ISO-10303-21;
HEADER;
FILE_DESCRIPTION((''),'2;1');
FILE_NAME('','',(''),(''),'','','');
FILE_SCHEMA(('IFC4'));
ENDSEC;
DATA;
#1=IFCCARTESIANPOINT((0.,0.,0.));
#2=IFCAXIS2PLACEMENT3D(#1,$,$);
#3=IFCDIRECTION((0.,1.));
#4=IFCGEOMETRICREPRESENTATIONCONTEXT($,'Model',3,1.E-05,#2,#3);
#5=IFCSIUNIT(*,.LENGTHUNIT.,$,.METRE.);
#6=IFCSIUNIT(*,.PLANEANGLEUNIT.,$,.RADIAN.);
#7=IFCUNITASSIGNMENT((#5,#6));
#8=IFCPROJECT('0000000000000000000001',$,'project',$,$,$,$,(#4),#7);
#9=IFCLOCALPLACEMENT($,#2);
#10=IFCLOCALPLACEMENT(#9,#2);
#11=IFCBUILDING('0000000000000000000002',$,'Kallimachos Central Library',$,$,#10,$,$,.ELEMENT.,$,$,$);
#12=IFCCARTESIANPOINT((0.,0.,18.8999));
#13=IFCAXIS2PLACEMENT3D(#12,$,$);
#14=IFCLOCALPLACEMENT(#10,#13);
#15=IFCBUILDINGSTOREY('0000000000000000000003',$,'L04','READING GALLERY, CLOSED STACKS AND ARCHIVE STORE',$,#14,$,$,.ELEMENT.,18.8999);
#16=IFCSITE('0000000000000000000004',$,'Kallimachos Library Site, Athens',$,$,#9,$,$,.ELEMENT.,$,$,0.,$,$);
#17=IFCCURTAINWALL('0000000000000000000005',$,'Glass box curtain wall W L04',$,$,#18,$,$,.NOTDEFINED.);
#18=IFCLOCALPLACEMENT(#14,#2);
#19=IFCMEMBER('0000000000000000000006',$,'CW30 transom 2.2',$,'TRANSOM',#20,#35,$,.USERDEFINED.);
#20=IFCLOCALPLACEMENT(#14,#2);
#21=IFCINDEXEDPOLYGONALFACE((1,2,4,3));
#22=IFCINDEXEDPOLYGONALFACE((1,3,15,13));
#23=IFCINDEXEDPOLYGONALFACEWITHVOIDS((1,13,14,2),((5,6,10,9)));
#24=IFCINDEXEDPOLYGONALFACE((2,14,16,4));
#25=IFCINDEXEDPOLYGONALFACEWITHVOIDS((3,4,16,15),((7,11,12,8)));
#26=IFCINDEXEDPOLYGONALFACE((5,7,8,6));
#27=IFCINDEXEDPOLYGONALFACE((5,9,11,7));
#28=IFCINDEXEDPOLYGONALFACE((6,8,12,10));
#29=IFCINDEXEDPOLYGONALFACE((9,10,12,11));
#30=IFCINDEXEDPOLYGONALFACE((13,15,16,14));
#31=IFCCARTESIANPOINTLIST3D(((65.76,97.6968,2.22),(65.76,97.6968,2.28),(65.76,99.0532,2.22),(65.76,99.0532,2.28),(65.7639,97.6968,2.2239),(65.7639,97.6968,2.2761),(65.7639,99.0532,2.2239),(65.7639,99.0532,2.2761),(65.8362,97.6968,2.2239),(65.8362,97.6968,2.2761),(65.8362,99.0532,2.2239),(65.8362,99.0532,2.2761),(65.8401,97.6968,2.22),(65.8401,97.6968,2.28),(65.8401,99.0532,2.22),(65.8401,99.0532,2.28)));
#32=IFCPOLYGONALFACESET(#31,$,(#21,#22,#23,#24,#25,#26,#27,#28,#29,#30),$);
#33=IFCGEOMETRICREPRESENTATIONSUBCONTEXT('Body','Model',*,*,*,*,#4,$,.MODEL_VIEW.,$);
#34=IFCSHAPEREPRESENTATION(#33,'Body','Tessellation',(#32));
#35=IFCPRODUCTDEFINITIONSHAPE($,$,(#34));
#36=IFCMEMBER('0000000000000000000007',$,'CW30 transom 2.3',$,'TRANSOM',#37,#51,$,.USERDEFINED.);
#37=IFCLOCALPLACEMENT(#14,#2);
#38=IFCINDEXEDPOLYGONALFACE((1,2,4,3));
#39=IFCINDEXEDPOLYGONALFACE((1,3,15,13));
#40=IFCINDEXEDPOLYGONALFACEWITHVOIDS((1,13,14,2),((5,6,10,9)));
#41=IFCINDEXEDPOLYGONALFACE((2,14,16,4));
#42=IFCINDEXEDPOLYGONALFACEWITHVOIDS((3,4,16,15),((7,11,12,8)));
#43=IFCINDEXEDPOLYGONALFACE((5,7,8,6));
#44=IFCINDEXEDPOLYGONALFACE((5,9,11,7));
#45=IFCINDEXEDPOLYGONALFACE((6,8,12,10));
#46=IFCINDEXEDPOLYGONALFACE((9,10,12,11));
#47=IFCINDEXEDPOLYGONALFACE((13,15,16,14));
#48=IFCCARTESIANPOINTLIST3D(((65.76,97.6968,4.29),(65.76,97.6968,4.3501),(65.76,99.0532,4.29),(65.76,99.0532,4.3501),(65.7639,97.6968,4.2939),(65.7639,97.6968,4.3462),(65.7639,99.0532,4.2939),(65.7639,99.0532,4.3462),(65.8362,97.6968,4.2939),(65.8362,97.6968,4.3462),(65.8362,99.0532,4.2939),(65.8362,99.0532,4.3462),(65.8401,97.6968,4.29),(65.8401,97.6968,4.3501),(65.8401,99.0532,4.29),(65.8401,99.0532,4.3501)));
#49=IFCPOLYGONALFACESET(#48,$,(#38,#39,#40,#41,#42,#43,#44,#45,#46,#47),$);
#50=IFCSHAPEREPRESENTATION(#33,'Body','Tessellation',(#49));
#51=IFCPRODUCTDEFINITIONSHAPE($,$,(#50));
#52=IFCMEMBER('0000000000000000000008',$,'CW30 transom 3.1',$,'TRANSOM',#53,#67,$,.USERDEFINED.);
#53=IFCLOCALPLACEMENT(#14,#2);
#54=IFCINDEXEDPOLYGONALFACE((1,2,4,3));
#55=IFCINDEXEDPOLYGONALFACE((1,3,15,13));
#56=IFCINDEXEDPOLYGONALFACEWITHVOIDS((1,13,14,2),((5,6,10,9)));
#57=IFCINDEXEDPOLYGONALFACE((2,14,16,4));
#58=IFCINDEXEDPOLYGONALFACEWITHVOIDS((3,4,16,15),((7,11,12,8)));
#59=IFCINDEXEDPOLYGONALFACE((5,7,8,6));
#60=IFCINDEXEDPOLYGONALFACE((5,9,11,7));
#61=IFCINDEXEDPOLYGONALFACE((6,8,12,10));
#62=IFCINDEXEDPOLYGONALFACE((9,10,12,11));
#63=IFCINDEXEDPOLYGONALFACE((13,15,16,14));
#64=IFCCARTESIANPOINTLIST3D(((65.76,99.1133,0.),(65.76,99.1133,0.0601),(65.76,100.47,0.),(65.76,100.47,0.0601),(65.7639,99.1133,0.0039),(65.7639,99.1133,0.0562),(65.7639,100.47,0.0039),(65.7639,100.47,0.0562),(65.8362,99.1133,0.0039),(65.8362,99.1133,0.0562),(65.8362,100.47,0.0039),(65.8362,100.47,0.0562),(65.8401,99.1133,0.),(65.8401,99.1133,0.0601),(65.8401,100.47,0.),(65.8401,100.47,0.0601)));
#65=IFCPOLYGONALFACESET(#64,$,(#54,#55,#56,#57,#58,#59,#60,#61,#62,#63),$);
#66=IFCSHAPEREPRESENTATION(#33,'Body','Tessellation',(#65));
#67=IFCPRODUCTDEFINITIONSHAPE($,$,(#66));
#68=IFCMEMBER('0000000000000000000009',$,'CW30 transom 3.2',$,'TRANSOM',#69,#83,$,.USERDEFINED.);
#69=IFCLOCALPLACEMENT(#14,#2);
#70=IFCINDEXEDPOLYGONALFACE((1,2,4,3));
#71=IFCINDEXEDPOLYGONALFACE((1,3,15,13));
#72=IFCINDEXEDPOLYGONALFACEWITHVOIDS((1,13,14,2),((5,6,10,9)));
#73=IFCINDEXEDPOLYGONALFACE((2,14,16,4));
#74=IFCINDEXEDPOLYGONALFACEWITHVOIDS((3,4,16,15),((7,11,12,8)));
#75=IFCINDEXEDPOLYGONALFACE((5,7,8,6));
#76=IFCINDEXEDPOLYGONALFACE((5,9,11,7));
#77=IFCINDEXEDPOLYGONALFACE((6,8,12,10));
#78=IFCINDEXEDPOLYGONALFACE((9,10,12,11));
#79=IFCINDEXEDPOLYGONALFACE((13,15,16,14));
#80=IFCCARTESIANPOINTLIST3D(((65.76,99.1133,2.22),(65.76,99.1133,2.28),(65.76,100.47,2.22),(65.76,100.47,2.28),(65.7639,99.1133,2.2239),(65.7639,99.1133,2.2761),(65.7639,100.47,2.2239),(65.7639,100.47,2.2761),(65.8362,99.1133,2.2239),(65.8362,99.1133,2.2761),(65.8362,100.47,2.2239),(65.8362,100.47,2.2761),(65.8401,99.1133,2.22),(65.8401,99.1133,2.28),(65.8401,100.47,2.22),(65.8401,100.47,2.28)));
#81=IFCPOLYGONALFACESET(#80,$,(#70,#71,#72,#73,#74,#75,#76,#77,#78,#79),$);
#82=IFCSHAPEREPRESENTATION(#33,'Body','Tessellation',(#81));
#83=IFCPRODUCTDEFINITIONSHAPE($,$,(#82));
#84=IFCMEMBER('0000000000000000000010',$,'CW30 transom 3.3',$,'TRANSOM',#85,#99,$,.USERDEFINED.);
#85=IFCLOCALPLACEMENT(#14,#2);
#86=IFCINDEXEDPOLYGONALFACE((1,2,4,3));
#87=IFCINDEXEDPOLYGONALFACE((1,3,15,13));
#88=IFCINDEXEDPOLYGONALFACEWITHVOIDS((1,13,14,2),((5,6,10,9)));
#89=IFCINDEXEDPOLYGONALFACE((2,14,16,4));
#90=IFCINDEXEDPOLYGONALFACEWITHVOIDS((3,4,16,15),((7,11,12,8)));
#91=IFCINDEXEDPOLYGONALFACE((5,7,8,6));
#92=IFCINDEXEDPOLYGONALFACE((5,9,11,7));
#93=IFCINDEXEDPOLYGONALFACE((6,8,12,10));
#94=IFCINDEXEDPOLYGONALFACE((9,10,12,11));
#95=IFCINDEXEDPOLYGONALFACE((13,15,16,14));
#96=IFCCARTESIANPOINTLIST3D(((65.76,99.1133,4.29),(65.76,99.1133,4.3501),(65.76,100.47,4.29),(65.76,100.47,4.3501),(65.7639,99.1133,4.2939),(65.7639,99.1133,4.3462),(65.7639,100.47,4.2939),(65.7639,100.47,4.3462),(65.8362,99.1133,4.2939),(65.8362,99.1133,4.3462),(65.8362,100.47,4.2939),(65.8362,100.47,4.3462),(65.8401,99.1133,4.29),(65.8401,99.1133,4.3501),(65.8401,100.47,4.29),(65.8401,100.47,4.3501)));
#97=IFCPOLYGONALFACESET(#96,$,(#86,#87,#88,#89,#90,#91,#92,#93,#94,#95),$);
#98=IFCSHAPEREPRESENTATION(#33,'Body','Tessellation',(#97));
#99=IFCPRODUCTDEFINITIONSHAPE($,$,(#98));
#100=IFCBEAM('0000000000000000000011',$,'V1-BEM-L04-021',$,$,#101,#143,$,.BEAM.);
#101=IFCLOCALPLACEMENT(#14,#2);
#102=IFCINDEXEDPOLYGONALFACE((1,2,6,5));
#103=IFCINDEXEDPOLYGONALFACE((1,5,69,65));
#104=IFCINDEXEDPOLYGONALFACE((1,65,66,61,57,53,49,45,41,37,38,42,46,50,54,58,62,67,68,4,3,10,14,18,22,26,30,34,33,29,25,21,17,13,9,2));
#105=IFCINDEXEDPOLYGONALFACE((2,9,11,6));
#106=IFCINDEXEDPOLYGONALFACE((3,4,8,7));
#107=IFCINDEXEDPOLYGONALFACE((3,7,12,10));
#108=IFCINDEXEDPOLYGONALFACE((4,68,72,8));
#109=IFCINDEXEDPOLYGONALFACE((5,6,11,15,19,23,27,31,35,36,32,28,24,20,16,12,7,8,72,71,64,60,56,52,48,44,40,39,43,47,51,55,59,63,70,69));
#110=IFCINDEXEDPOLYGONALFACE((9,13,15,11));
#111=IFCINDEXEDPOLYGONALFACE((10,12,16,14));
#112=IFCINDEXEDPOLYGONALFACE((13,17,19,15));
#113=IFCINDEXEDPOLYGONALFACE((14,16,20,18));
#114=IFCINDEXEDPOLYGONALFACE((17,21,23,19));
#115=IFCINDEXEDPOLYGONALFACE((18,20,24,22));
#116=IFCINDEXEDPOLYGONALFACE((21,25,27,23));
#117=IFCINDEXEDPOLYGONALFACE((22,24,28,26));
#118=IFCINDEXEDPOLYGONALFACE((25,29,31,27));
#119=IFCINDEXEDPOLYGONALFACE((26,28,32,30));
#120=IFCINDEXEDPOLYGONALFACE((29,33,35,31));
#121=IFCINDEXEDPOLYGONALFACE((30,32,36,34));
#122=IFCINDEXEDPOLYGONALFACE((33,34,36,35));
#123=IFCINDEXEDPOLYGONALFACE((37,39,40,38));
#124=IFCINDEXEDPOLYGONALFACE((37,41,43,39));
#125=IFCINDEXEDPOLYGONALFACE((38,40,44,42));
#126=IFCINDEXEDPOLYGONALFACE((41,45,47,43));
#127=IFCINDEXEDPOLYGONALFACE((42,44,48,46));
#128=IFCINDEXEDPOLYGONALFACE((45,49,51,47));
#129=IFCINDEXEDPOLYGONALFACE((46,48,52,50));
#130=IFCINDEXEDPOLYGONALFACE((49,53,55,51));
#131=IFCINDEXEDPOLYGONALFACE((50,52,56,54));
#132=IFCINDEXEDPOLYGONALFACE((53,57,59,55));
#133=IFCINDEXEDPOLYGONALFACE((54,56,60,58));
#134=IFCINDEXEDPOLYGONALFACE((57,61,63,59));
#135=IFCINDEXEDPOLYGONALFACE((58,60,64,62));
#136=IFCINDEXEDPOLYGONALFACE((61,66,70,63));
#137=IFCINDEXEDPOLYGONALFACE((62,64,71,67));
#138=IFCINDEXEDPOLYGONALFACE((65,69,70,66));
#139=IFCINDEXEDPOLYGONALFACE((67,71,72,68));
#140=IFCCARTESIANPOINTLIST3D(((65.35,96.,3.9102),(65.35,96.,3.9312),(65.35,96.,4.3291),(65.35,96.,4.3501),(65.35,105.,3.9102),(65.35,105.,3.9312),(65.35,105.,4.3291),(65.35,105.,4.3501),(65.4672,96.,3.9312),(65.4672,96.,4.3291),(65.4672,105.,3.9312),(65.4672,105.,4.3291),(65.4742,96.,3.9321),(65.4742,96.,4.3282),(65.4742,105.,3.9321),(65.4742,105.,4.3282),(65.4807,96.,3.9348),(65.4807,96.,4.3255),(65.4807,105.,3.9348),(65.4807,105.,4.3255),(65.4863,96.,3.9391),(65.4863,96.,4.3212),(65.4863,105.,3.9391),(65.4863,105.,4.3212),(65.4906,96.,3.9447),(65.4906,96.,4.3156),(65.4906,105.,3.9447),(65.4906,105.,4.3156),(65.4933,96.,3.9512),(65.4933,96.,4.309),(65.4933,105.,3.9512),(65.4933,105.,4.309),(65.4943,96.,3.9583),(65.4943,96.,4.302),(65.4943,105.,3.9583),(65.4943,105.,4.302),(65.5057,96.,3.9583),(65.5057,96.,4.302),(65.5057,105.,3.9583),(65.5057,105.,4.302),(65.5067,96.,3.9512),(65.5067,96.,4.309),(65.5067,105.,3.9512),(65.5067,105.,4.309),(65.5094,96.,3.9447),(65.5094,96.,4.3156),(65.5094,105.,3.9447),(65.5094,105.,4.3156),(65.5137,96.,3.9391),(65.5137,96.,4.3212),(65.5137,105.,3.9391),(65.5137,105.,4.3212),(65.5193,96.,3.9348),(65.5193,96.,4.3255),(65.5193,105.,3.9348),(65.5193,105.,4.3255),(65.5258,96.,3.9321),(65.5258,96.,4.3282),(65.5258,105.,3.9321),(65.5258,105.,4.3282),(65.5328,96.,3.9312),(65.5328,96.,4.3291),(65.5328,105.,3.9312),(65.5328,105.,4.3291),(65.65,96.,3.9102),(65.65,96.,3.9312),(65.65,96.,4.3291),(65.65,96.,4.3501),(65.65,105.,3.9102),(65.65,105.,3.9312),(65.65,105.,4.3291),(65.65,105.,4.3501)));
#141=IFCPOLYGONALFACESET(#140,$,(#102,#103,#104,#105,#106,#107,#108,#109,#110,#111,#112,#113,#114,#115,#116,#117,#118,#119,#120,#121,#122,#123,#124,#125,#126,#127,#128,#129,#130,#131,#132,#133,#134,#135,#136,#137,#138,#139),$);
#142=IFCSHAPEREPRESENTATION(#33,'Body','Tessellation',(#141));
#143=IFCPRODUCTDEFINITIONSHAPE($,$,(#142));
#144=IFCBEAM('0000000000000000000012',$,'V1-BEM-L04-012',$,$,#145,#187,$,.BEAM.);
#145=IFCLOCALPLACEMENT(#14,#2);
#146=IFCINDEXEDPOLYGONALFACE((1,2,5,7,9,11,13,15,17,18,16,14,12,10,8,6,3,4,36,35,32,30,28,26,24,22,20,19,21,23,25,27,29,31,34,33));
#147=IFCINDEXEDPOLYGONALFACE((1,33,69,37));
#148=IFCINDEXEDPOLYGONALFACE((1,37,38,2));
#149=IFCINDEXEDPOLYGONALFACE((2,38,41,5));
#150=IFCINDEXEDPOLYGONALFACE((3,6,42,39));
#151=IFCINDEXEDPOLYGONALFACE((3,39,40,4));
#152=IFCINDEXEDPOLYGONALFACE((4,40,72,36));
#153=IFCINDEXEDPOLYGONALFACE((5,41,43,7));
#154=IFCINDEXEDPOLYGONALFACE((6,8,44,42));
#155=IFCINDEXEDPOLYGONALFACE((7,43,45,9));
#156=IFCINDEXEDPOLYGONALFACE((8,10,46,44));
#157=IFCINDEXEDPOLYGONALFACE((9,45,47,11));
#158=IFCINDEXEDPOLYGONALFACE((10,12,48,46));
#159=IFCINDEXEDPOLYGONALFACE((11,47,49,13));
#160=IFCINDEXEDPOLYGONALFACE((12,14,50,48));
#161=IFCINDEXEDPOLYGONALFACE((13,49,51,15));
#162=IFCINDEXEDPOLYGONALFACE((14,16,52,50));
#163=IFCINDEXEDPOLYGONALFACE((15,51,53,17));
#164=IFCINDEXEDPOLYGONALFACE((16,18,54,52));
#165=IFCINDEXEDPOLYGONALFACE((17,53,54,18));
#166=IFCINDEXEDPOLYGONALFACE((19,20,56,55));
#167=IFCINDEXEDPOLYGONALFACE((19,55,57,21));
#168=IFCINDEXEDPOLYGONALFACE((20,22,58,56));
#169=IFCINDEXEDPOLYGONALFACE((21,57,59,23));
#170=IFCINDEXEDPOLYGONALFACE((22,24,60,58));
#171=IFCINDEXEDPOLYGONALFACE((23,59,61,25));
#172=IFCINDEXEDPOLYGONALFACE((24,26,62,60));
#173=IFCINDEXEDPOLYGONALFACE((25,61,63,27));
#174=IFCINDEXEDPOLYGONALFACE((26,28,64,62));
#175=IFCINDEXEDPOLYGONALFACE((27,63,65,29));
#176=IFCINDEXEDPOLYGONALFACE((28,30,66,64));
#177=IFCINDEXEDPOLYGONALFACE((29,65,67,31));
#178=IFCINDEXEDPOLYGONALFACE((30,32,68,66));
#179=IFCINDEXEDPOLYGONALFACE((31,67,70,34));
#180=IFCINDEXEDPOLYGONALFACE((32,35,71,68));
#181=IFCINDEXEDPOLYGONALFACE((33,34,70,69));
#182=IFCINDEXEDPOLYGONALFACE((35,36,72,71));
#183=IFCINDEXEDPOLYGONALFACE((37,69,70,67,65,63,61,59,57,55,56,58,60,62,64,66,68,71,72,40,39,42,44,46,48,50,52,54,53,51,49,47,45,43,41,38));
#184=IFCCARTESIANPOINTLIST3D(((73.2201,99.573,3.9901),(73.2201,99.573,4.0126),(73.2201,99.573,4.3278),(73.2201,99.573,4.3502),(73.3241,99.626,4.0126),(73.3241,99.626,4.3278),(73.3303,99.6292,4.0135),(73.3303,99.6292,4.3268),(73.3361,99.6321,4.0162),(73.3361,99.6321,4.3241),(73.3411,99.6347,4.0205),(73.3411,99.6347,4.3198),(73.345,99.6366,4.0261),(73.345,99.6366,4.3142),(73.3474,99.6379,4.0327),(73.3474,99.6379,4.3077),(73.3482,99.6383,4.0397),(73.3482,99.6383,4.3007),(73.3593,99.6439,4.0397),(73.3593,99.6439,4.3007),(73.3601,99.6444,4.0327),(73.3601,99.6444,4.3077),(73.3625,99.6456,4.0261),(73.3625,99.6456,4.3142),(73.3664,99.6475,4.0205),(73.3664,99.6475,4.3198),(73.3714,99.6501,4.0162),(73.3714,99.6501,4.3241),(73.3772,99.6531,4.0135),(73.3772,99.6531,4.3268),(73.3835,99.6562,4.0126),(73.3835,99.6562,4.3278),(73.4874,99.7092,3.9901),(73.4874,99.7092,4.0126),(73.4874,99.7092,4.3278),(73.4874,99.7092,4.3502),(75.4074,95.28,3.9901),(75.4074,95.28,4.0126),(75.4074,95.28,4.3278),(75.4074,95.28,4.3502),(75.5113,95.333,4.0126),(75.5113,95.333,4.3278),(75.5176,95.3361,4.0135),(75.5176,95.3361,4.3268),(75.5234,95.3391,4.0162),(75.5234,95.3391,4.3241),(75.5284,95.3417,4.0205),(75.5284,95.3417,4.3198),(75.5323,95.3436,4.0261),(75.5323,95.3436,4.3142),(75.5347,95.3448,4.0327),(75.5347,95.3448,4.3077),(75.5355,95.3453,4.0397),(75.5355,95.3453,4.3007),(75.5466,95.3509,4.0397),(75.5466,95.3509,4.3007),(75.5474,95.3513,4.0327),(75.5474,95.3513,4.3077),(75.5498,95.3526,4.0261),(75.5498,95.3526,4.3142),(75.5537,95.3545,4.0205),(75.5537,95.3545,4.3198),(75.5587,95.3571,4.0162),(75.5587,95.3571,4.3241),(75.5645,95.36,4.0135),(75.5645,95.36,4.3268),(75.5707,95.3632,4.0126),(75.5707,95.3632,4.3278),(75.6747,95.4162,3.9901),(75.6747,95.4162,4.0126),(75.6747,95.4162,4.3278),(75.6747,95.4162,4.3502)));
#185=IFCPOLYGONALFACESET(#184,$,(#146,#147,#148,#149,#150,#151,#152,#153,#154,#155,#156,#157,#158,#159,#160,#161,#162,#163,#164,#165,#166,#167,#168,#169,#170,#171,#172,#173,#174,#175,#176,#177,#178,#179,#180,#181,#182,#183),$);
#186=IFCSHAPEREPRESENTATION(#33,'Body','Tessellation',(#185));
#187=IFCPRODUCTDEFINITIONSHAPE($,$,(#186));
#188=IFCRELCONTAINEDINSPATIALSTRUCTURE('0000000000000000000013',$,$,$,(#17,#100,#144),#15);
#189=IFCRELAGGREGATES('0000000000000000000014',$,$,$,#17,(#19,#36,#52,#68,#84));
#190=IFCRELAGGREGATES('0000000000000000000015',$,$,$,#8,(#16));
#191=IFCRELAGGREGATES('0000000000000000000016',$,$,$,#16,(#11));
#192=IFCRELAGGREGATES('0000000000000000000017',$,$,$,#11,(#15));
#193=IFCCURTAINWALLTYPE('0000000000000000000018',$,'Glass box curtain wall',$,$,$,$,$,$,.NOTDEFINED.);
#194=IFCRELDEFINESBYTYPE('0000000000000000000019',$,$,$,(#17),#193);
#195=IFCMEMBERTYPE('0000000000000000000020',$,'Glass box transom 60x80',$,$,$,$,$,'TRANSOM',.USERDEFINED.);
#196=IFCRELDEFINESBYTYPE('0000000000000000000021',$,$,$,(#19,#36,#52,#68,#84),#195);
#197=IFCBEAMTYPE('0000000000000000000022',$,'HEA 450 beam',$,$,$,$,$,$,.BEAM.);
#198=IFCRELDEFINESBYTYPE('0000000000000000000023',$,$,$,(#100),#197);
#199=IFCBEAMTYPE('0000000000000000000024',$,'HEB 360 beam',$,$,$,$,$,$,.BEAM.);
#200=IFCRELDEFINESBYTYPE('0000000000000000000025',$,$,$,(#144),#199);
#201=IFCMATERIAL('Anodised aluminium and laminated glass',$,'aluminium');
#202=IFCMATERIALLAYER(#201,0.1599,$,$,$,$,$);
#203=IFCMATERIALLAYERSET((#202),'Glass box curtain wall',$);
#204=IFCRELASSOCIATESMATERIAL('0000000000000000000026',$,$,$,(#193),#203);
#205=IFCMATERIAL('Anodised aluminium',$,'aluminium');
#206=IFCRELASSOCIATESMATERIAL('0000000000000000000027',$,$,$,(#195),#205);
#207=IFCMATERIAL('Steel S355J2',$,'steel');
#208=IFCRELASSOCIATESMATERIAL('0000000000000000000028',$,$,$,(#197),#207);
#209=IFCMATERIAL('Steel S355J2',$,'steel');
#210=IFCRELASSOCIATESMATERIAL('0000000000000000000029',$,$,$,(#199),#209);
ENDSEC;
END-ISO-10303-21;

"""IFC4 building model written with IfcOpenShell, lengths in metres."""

from ifc_helpers import new_model, si_unit, direction, frame, origin, origin_2d, place, context, subcontext, project, spatial, hollow_rectangle, i_section, extrude, material, layer, layer_set, material_profile, profile_set, type_object, element, aggregate, save


model = new_model("IFC4")

# Units and contexts
model_context = context("Model", 3, precision=1e-05, world=origin(), true_north=direction((0.0, 1.0)))
body_context = subcontext(model_context, "Body", "Model", "MODEL_VIEW")
ifc_project = project(units=[si_unit("LENGTHUNIT", "METRE"), si_unit("PLANEANGLEUNIT", "RADIAN")], contexts=[model_context])

# Site, building, storey
site_placement = place(None, origin())
site = spatial("IfcSite", under=ifc_project, at=site_placement, Name="Kallimachos Library Site, Athens", CompositionType="ELEMENT", RefElevation=0.0)
building_placement = place(site_placement, origin())
building = spatial("IfcBuilding", under=site, at=building_placement, Name="Kallimachos Central Library", CompositionType="ELEMENT")
storey_placement = place(building_placement, frame((0.0, 0.0, 18.8999)))
storey = spatial("IfcBuildingStorey", under=building, at=storey_placement, Name="L04", Description="READING GALLERY, CLOSED STACKS AND ARCHIVE STORE", CompositionType="ELEMENT", Elevation=18.8999)

# Curtain wall, members
ifc_material_1 = material(Name="Anodised aluminium and laminated glass", Category="aluminium")
ifc_layer_1 = layer(ifc_material_1, 0.1599)
ifc_layer_set_1 = layer_set([ifc_layer_1], Name="Glass box curtain wall")
curtain_wall_type = type_object("IfcCurtainWallType", Name="Glass box curtain wall", PredefinedType="NOTDEFINED", material=ifc_layer_set_1)
curtain_wall_placement = place(storey_placement, origin())
curtain_wall = element("IfcCurtainWall", 1, at=curtain_wall_placement, inside=storey, type_object=curtain_wall_type, Name="Glass box curtain wall W L04", PredefinedType="NOTDEFINED")
ifc_material_2 = material(Name="Anodised aluminium", Category="aluminium")
ifc_material_profile_1 = material_profile(ifc_material_2, hollow_rectangle(XDim=0.0601, YDim=0.0801, WallThickness=0.0039, at=origin_2d()), Name="ALU TRANSOM 60x80")
ifc_profile_set_1 = profile_set([ifc_material_profile_1], Name="Anodised aluminium")
member_type_1 = type_object("IfcMemberType", Name="Glass box transom 60x80", ElementType="TRANSOM", PredefinedType="USERDEFINED", material=ifc_profile_set_1)
member_1_placement = place(storey_placement, frame((65.8, 97.6968, 2.25), z_axis=(0.0, 1.0, 0.0), x_axis=(0.0, 0.0, 1.0)))
member_1 = element("IfcMember", 2, at=member_1_placement, type_object=member_type_1, Name="CW30 transom 2.2", ObjectType="TRANSOM", PredefinedType="USERDEFINED", context=body_context, shape_type="SweptSolid", body=[
    extrude(hollow_rectangle(XDim=0.0601, YDim=0.0801, WallThickness=0.0039, at=origin_2d()), origin(), (0.0, 0.0, 1.0), 1.3564),
])
member_2_placement = place(storey_placement, frame((65.8, 97.6968, 4.3201), z_axis=(0.0, 1.0, 0.0), x_axis=(0.0, 0.0, 1.0)))
member_2 = element("IfcMember", 3, at=member_2_placement, type_object=member_type_1, Name="CW30 transom 2.3", ObjectType="TRANSOM", PredefinedType="USERDEFINED", context=body_context, shape_type="SweptSolid", body=[
    extrude(hollow_rectangle(XDim=0.0601, YDim=0.0801, WallThickness=0.0039, at=origin_2d()), origin(), (0.0, 0.0, 1.0), 1.3564),
])
member_3_placement = place(storey_placement, frame((65.8, 99.1133, 0.03), z_axis=(0.0, 1.0, 0.0), x_axis=(0.0, 0.0, 1.0)))
member_3 = element("IfcMember", 4, at=member_3_placement, type_object=member_type_1, Name="CW30 transom 3.1", ObjectType="TRANSOM", PredefinedType="USERDEFINED", context=body_context, shape_type="SweptSolid", body=[
    extrude(hollow_rectangle(XDim=0.0601, YDim=0.0801, WallThickness=0.0039, at=origin_2d()), origin(), (0.0, 0.0, 1.0), 1.3567),
])
member_4_placement = place(storey_placement, frame((65.8, 99.1133, 2.25), z_axis=(0.0, 1.0, 0.0), x_axis=(0.0, 0.0, 1.0)))
member_4 = element("IfcMember", 5, at=member_4_placement, type_object=member_type_1, Name="CW30 transom 3.2", ObjectType="TRANSOM", PredefinedType="USERDEFINED", context=body_context, shape_type="SweptSolid", body=[
    extrude(hollow_rectangle(XDim=0.0601, YDim=0.0801, WallThickness=0.0039, at=origin_2d()), origin(), (0.0, 0.0, 1.0), 1.3567),
])
member_5_placement = place(storey_placement, frame((65.8, 99.1133, 4.3201), z_axis=(0.0, 1.0, 0.0), x_axis=(0.0, 0.0, 1.0)))
member_5 = element("IfcMember", 6, at=member_5_placement, type_object=member_type_1, Name="CW30 transom 3.3", ObjectType="TRANSOM", PredefinedType="USERDEFINED", context=body_context, shape_type="SweptSolid", body=[
    extrude(hollow_rectangle(XDim=0.0601, YDim=0.0801, WallThickness=0.0039, at=origin_2d()), origin(), (0.0, 0.0, 1.0), 1.3567),
])

# Beams
ifc_material_3 = material(Name="Steel S355J2", Category="steel")
ifc_material_profile_2 = material_profile(ifc_material_3, i_section(OverallWidth=0.3, OverallDepth=0.4399, WebThickness=0.0115, FlangeThickness=0.021, FilletRadius=0.0271, at=origin_2d()), Name="HEA 450")
ifc_profile_set_2 = profile_set([ifc_material_profile_2], Name="Steel S355J2")
beam_type_1 = type_object("IfcBeamType", Name="HEA 450 beam", PredefinedType="BEAM", material=ifc_profile_set_2)
beam_1_placement = place(storey_placement, frame((65.5, 96.0, 4.1301), z_axis=(0.0, 1.0, 0.0), x_axis=(-1.0, 0.0, 0.0)))
element("IfcBeam", 7, at=beam_1_placement, inside=storey, type_object=beam_type_1, Name="V1-BEM-L04-021", PredefinedType="BEAM", context=body_context, shape_type="SweptSolid", body=[
    extrude(i_section(OverallWidth=0.3, OverallDepth=0.4399, WebThickness=0.0115, FlangeThickness=0.021, FilletRadius=0.0271, at=origin_2d()), origin(), (0.0, 0.0, 1.0), 9.0),
])
ifc_material_4 = material(Name="Steel S355J2", Category="steel")
ifc_material_profile_3 = material_profile(ifc_material_4, i_section(OverallWidth=0.3, OverallDepth=0.3601, WebThickness=0.0125, FlangeThickness=0.0225, FilletRadius=0.0271, at=origin_2d()), Name="HEB 360")
ifc_profile_set_3 = profile_set([ifc_material_profile_3], Name="Steel S355J2")
beam_type_2 = type_object("IfcBeamType", Name="HEB 360 beam", PredefinedType="BEAM", material=ifc_profile_set_3)
beam_2_placement = place(storey_placement, frame((73.3538, 99.6411, 4.1702), z_axis=(0.453971, -0.891017, 0.0), x_axis=(0.891017, 0.453971, 0.0)))
element("IfcBeam", 8, at=beam_2_placement, inside=storey, type_object=beam_type_2, Name="V1-BEM-L04-012", PredefinedType="BEAM", context=body_context, shape_type="SweptSolid", body=[
    extrude(i_section(OverallWidth=0.3, OverallDepth=0.3601, WebThickness=0.0125, FlangeThickness=0.0225, FilletRadius=0.0271, at=origin_2d()), origin(), (0.0, 0.0, 1.0), 4.8181),
])

aggregate(curtain_wall, [member_1, member_2, member_3, member_4, member_5])

save(model, "model.ifc")
